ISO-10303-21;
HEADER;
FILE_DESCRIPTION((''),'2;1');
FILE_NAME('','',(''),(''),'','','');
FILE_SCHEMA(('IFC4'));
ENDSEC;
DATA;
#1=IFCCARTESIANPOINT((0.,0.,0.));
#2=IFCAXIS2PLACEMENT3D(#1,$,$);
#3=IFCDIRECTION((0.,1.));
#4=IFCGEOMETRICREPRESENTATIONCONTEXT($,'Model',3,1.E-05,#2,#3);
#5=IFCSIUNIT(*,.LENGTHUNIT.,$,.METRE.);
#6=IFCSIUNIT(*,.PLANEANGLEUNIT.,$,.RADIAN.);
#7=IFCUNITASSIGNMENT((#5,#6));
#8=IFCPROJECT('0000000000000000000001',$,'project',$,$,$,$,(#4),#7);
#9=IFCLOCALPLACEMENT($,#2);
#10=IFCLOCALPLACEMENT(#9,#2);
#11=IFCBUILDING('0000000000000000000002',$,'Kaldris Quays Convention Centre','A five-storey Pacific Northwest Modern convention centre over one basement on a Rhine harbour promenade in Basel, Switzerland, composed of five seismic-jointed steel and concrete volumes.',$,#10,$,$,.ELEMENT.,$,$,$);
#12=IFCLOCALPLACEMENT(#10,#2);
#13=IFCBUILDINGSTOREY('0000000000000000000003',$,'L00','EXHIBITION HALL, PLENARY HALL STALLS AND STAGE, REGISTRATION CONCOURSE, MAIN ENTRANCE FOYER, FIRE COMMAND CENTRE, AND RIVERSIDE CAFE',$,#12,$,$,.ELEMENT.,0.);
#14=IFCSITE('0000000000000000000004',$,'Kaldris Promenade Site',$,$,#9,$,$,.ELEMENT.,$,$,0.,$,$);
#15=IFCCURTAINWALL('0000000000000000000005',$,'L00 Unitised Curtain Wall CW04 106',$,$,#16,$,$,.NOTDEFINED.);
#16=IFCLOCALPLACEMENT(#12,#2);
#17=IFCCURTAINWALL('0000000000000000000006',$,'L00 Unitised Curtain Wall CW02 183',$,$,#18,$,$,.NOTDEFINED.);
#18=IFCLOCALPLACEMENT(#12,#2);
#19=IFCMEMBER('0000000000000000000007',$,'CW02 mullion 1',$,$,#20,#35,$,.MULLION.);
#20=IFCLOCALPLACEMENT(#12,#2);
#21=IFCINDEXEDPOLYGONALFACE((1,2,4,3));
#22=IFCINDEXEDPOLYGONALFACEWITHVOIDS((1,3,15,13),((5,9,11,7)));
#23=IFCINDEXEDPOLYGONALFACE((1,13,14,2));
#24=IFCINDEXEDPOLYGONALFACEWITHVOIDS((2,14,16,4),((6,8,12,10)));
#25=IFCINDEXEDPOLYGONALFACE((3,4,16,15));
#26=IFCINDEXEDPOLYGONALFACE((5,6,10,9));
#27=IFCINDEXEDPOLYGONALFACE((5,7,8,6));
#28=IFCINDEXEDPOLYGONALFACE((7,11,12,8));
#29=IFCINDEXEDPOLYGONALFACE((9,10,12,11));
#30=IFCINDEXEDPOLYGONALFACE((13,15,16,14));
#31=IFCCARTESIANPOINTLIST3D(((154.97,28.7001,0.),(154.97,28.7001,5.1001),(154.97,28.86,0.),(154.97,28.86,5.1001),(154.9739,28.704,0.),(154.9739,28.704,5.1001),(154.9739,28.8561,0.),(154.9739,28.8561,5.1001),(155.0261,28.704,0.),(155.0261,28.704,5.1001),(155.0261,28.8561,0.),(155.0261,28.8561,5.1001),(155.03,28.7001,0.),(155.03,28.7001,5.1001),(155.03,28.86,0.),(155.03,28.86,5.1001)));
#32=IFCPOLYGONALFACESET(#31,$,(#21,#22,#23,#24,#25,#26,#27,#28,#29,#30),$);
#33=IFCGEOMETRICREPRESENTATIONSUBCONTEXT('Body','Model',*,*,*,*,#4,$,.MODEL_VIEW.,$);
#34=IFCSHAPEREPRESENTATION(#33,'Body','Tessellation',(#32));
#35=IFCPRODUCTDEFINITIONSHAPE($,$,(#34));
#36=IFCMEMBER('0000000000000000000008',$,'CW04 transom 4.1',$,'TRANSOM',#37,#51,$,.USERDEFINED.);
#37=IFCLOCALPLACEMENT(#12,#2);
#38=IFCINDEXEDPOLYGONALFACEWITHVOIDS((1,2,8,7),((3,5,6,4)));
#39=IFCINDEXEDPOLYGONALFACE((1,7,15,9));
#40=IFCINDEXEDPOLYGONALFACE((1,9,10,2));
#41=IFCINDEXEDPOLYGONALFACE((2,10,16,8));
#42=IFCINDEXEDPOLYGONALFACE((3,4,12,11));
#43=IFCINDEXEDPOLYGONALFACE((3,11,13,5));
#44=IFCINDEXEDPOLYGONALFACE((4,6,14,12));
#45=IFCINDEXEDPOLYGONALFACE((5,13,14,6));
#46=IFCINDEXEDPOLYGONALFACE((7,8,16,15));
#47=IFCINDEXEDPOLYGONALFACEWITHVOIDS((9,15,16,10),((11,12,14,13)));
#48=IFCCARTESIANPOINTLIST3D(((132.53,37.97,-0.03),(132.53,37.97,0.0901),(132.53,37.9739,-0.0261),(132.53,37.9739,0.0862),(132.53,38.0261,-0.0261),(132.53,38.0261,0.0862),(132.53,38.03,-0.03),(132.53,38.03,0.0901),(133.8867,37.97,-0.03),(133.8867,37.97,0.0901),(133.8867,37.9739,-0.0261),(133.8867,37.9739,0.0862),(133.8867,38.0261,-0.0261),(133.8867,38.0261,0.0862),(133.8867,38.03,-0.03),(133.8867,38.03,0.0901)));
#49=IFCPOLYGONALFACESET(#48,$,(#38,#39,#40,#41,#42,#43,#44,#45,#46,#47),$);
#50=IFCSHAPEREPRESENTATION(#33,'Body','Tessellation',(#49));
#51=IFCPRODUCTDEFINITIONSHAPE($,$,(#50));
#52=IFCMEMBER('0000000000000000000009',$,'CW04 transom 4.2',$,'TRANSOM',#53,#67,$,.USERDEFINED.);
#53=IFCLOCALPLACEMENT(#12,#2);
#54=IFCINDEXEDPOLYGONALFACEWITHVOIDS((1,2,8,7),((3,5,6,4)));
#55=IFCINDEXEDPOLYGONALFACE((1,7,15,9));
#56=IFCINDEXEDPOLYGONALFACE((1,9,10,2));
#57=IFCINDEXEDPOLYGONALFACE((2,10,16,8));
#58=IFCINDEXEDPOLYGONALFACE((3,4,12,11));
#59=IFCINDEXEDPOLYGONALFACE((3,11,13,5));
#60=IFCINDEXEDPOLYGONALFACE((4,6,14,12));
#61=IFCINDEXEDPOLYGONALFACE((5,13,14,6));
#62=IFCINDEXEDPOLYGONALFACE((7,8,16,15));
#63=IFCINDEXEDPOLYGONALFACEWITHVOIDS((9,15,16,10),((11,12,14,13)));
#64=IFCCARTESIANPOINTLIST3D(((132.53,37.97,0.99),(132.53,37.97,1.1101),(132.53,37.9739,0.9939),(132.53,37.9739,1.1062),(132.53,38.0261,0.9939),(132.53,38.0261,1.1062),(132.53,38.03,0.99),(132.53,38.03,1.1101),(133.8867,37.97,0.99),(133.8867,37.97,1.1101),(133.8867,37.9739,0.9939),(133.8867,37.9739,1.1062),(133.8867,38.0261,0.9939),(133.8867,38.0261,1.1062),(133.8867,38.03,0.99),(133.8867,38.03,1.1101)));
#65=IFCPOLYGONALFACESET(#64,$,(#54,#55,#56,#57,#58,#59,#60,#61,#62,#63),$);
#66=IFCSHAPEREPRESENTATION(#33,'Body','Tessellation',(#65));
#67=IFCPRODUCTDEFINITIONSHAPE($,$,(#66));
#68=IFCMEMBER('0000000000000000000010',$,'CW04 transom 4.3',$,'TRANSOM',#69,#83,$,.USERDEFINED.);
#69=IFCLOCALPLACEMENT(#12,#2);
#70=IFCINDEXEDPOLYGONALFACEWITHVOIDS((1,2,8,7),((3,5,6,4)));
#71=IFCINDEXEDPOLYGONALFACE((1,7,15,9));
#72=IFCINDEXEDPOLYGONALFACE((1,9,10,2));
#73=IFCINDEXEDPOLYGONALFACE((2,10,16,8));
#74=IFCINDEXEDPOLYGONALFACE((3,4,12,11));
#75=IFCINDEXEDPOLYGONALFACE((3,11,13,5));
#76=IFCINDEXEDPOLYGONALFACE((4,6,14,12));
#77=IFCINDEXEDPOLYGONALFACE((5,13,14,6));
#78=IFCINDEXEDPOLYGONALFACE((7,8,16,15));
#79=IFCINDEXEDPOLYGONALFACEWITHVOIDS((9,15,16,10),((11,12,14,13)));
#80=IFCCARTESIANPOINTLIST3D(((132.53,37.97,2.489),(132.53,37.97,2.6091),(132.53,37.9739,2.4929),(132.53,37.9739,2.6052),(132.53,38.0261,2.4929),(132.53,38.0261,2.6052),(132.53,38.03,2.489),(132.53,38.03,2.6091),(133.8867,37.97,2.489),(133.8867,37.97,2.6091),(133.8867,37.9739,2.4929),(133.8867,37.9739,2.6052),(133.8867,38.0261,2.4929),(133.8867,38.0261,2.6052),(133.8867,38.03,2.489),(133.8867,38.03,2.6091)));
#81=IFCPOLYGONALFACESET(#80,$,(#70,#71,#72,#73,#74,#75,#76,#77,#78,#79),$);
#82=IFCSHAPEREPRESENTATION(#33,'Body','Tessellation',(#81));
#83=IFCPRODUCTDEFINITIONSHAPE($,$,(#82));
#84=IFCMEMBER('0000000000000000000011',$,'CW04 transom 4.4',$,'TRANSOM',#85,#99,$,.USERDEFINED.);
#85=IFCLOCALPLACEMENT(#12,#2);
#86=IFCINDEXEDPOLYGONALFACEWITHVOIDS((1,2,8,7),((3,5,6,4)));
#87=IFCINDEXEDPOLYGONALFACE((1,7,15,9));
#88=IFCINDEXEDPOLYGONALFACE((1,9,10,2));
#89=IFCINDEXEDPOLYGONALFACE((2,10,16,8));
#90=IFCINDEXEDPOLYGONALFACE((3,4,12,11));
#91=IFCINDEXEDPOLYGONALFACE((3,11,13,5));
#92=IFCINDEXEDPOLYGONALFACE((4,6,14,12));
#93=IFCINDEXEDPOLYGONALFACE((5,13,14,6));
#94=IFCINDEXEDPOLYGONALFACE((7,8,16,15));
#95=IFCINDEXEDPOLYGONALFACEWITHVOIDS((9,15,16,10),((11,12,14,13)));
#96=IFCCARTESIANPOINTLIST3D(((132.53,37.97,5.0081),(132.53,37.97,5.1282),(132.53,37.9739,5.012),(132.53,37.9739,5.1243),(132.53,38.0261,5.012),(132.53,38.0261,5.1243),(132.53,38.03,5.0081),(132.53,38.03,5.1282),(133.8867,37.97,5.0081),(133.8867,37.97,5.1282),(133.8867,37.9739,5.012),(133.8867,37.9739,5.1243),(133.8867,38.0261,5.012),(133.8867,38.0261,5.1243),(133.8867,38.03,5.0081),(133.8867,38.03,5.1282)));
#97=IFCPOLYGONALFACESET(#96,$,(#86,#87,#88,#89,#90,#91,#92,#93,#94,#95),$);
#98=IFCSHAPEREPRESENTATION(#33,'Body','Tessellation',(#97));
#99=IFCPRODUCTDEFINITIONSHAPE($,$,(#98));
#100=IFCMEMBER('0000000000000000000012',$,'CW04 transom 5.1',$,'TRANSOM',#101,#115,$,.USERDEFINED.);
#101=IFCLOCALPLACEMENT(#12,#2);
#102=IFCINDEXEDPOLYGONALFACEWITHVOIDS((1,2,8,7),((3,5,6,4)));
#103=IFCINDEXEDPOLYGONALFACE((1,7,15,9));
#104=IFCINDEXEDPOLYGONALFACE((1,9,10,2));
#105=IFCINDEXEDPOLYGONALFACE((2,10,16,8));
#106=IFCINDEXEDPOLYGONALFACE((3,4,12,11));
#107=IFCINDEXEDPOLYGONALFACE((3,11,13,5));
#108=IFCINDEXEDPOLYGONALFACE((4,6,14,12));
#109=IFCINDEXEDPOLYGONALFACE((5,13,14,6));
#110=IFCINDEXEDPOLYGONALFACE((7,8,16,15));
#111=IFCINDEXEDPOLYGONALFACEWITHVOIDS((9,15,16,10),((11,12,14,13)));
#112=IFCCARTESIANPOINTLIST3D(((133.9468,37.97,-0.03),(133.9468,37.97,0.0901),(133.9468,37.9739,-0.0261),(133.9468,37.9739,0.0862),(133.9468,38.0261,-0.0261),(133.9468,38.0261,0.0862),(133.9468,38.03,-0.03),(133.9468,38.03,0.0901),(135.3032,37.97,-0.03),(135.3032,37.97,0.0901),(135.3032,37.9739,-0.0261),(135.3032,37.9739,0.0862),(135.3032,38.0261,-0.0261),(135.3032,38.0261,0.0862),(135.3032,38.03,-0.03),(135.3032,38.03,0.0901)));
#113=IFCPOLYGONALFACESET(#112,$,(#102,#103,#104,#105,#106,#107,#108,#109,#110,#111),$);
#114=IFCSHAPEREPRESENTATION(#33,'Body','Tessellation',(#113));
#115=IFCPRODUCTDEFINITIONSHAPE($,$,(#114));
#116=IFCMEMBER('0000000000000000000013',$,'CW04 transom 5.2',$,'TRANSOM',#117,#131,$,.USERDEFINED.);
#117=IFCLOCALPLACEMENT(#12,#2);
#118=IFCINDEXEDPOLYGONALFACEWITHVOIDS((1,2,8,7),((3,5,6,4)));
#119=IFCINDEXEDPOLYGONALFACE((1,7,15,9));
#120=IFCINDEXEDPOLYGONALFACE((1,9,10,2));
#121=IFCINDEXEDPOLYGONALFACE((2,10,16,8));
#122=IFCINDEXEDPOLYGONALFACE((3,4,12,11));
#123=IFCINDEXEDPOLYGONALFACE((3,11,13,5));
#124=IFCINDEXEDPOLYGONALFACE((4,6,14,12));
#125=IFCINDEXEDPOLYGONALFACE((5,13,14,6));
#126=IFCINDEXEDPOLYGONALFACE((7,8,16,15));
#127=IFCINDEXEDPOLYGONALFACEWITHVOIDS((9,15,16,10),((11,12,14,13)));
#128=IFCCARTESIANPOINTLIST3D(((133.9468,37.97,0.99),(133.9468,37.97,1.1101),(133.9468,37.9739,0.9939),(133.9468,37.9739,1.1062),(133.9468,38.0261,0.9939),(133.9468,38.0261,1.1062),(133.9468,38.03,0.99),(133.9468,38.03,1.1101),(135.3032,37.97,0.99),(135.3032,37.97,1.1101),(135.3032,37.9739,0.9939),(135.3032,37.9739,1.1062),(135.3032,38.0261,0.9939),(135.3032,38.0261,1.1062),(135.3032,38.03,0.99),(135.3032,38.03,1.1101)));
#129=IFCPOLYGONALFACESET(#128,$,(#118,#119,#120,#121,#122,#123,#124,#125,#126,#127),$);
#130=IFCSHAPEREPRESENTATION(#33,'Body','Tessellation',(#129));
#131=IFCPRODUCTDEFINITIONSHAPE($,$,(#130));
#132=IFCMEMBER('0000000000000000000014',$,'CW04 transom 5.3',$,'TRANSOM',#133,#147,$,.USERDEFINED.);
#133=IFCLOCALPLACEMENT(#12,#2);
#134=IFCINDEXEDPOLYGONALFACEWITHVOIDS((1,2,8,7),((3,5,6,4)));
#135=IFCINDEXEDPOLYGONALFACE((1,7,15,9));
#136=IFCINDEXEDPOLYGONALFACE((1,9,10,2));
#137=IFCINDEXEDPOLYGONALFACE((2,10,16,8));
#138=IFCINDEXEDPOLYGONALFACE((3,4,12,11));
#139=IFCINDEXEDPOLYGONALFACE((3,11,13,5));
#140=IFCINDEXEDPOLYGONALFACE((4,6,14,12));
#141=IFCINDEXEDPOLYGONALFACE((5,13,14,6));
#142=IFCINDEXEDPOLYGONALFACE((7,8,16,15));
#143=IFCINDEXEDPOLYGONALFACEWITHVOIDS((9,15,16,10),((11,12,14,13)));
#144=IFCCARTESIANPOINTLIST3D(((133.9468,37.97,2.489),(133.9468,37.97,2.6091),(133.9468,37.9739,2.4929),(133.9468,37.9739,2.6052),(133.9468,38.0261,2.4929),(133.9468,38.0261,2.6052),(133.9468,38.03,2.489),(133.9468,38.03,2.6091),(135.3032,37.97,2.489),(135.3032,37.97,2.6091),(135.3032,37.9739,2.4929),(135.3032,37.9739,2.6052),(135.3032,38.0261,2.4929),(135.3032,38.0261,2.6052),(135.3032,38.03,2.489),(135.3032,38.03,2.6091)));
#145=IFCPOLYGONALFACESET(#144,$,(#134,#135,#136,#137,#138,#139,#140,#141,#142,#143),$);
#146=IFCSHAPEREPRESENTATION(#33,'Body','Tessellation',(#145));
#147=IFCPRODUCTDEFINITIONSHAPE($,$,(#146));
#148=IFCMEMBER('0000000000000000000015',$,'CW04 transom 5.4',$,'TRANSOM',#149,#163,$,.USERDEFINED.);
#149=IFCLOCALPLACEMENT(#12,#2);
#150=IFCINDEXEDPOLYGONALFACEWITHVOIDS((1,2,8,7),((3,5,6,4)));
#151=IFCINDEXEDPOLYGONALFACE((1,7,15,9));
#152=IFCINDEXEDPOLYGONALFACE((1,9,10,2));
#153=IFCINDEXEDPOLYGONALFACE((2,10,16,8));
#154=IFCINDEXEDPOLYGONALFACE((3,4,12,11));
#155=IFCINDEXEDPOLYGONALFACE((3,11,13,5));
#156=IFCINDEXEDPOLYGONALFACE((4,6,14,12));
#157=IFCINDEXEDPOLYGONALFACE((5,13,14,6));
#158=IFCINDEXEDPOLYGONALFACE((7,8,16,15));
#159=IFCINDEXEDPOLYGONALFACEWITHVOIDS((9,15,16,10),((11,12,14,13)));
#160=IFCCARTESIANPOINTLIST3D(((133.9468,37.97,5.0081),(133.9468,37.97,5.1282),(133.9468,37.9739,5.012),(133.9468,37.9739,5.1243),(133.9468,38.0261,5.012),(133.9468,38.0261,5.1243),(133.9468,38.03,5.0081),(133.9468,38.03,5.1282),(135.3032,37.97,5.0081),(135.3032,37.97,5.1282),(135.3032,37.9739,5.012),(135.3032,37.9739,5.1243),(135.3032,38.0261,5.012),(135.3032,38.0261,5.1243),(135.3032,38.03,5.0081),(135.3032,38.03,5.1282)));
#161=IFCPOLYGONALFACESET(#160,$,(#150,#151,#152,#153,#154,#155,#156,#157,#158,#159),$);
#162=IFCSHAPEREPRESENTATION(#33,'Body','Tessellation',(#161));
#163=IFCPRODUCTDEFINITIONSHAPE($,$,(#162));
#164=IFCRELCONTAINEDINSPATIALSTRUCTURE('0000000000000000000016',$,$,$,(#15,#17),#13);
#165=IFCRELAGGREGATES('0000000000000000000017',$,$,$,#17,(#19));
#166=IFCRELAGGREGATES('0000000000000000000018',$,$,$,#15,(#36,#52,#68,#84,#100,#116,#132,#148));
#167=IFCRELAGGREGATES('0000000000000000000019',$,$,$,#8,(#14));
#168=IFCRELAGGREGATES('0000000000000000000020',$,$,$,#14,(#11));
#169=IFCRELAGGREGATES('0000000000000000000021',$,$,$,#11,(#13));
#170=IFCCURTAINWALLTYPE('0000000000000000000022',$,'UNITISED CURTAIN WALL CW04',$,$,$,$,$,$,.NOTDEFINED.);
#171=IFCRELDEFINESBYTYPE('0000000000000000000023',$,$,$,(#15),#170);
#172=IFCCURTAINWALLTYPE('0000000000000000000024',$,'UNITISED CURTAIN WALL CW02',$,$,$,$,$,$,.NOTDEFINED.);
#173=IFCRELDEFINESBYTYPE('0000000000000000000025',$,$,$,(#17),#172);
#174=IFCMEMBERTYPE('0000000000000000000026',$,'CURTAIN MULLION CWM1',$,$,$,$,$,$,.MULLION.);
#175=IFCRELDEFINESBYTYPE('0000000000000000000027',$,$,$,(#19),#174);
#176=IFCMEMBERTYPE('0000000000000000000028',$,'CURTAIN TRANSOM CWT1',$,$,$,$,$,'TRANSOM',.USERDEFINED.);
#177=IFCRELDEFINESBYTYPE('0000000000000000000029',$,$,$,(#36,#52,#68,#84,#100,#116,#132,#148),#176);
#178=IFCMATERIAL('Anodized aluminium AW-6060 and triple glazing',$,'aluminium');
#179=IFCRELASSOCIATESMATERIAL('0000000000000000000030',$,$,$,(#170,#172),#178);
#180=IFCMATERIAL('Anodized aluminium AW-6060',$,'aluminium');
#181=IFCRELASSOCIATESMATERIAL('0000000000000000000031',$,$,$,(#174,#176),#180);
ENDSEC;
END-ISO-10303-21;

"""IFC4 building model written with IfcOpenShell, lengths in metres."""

from ifc_helpers import new_model, si_unit, direction, frame, origin, origin_2d, place, context, subcontext, project, spatial, hollow_rectangle, extrude, material, material_profile, profile_set, type_object, element, aggregate, save


model = new_model("IFC4")

# Units and contexts
model_context = context("Model", 3, precision=1e-05, world=origin(), true_north=direction((0.0, 1.0)))
body_context = subcontext(model_context, "Body", "Model", "MODEL_VIEW")
ifc_project = project(units=[si_unit("LENGTHUNIT", "METRE"), si_unit("PLANEANGLEUNIT", "RADIAN")], contexts=[model_context])

# Site, building, storey
site_placement = place(None, origin())
site = spatial("IfcSite", under=ifc_project, at=site_placement, Name="Kaldris Promenade Site", CompositionType="ELEMENT", RefElevation=0.0)
building_placement = place(site_placement, origin())
building = spatial("IfcBuilding", under=site, at=building_placement, Name="Kaldris Quays Convention Centre", Description="A five-storey Pacific Northwest Modern convention centre over one basement on a Rhine harbour promenade in Basel, Switzerland, composed of five seismic-jointed steel and concrete volumes.", CompositionType="ELEMENT")
storey_placement = place(building_placement, origin())
storey = spatial("IfcBuildingStorey", under=building, at=storey_placement, Name="L00", Description="EXHIBITION HALL, PLENARY HALL STALLS AND STAGE, REGISTRATION CONCOURSE, MAIN ENTRANCE FOYER, FIRE COMMAND CENTRE, AND RIVERSIDE CAFE", CompositionType="ELEMENT", Elevation=0.0)

# Curtain wall
ifc_material_1 = material(Name="Anodized aluminium AW-6060 and triple glazing", Category="aluminium")
curtain_wall_type_1 = type_object("IfcCurtainWallType", Name="UNITISED CURTAIN WALL CW04", PredefinedType="NOTDEFINED", material=ifc_material_1)
curtain_wall_1_placement = place(storey_placement, origin())
curtain_wall_1 = element("IfcCurtainWall", 1, at=curtain_wall_1_placement, inside=storey, type_object=curtain_wall_type_1, Name="L00 Unitised Curtain Wall CW04 106", PredefinedType="NOTDEFINED")
ifc_material_2 = material(Name="Anodized aluminium AW-6060", Category="aluminium")
ifc_material_profile_1 = material_profile(ifc_material_2, hollow_rectangle(XDim=0.0601, YDim=0.1599, WallThickness=0.0039, at=origin_2d()), Name="RHS 160x60x4")
ifc_profile_set_1 = profile_set([ifc_material_profile_1], Name="Anodized aluminium AW-6060")
member_type_1 = type_object("IfcMemberType", Name="CURTAIN MULLION CWM1", PredefinedType="MULLION", material=ifc_profile_set_1)

# Curtain wall, member
curtain_wall_type_2 = type_object("IfcCurtainWallType", Name="UNITISED CURTAIN WALL CW02", PredefinedType="NOTDEFINED", material=ifc_material_1)
curtain_wall_2_placement = place(storey_placement, origin())
curtain_wall_2 = element("IfcCurtainWall", 2, at=curtain_wall_2_placement, inside=storey, type_object=curtain_wall_type_2, Name="L00 Unitised Curtain Wall CW02 183", PredefinedType="NOTDEFINED")
member_1_placement = place(storey_placement, frame((155.0, 28.78, 0.0), z_axis=(0.0, 0.0, 1.0), x_axis=(-1.0, 0.0, 0.0)))
member_1 = element("IfcMember", 3, at=member_1_placement, type_object=member_type_1, Name="CW02 mullion 1", PredefinedType="MULLION", context=body_context, shape_type="SweptSolid", body=[
    extrude(hollow_rectangle(XDim=0.0601, YDim=0.1599, WallThickness=0.0039, at=origin_2d()), origin(), (0.0, 0.0, 1.0), 5.1001),
])
aggregate(curtain_wall_2, [member_1])

# Members
ifc_material_profile_2 = material_profile(ifc_material_2, hollow_rectangle(XDim=0.0601, YDim=0.1201, WallThickness=0.0039, at=origin_2d()), Name="RHS 120x60x4")
ifc_profile_set_2 = profile_set([ifc_material_profile_2], Name="Anodized aluminium AW-6060")
member_type_2 = type_object("IfcMemberType", Name="CURTAIN TRANSOM CWT1", ElementType="TRANSOM", PredefinedType="USERDEFINED", material=ifc_profile_set_2)
member_2_placement = place(storey_placement, frame((132.53, 38.0, 0.03), z_axis=(1.0, 0.0, 0.0), x_axis=(0.0, 1.0, 0.0)))
member_2 = element("IfcMember", 4, at=member_2_placement, type_object=member_type_2, Name="CW04 transom 4.1", ObjectType="TRANSOM", PredefinedType="USERDEFINED", context=body_context, shape_type="SweptSolid", body=[
    extrude(hollow_rectangle(XDim=0.0601, YDim=0.1201, WallThickness=0.0039, at=origin_2d()), origin(), (0.0, 0.0, 1.0), 1.3567),
])
member_3_placement = place(storey_placement, frame((132.53, 38.0, 1.05), z_axis=(1.0, 0.0, 0.0), x_axis=(0.0, 1.0, 0.0)))
member_3 = element("IfcMember", 5, at=member_3_placement, type_object=member_type_2, Name="CW04 transom 4.2", ObjectType="TRANSOM", PredefinedType="USERDEFINED", context=body_context, shape_type="SweptSolid", body=[
    extrude(hollow_rectangle(XDim=0.0601, YDim=0.1201, WallThickness=0.0039, at=origin_2d()), origin(), (0.0, 0.0, 1.0), 1.3567),
])
member_4_placement = place(storey_placement, frame((132.53, 38.0, 2.5491), z_axis=(1.0, 0.0, 0.0), x_axis=(0.0, 1.0, 0.0)))
member_4 = element("IfcMember", 6, at=member_4_placement, type_object=member_type_2, Name="CW04 transom 4.3", ObjectType="TRANSOM", PredefinedType="USERDEFINED", context=body_context, shape_type="SweptSolid", body=[
    extrude(hollow_rectangle(XDim=0.0601, YDim=0.1201, WallThickness=0.0039, at=origin_2d()), origin(), (0.0, 0.0, 1.0), 1.3567),
])
member_5_placement = place(storey_placement, frame((132.53, 38.0, 5.0681), z_axis=(1.0, 0.0, 0.0), x_axis=(0.0, 1.0, 0.0)))
member_5 = element("IfcMember", 7, at=member_5_placement, type_object=member_type_2, Name="CW04 transom 4.4", ObjectType="TRANSOM", PredefinedType="USERDEFINED", context=body_context, shape_type="SweptSolid", body=[
    extrude(hollow_rectangle(XDim=0.0601, YDim=0.1201, WallThickness=0.0039, at=origin_2d()), origin(), (0.0, 0.0, 1.0), 1.3567),
])
member_6_placement = place(storey_placement, frame((133.9468, 38.0, 0.03), z_axis=(1.0, 0.0, 0.0), x_axis=(0.0, 1.0, 0.0)))
member_6 = element("IfcMember", 8, at=member_6_placement, type_object=member_type_2, Name="CW04 transom 5.1", ObjectType="TRANSOM", PredefinedType="USERDEFINED", context=body_context, shape_type="SweptSolid", body=[
    extrude(hollow_rectangle(XDim=0.0601, YDim=0.1201, WallThickness=0.0039, at=origin_2d()), origin(), (0.0, 0.0, 1.0), 1.3564),
])
member_7_placement = place(storey_placement, frame((133.9468, 38.0, 1.05), z_axis=(1.0, 0.0, 0.0), x_axis=(0.0, 1.0, 0.0)))
member_7 = element("IfcMember", 9, at=member_7_placement, type_object=member_type_2, Name="CW04 transom 5.2", ObjectType="TRANSOM", PredefinedType="USERDEFINED", context=body_context, shape_type="SweptSolid", body=[
    extrude(hollow_rectangle(XDim=0.0601, YDim=0.1201, WallThickness=0.0039, at=origin_2d()), origin(), (0.0, 0.0, 1.0), 1.3564),
])
member_8_placement = place(storey_placement, frame((133.9468, 38.0, 2.5491), z_axis=(1.0, 0.0, 0.0), x_axis=(0.0, 1.0, 0.0)))
member_8 = element("IfcMember", 10, at=member_8_placement, type_object=member_type_2, Name="CW04 transom 5.3", ObjectType="TRANSOM", PredefinedType="USERDEFINED", context=body_context, shape_type="SweptSolid", body=[
    extrude(hollow_rectangle(XDim=0.0601, YDim=0.1201, WallThickness=0.0039, at=origin_2d()), origin(), (0.0, 0.0, 1.0), 1.3564),
])
member_9_placement = place(storey_placement, frame((133.9468, 38.0, 5.0681), z_axis=(1.0, 0.0, 0.0), x_axis=(0.0, 1.0, 0.0)))
member_9 = element("IfcMember", 11, at=member_9_placement, type_object=member_type_2, Name="CW04 transom 5.4", ObjectType="TRANSOM", PredefinedType="USERDEFINED", context=body_context, shape_type="SweptSolid", body=[
    extrude(hollow_rectangle(XDim=0.0601, YDim=0.1201, WallThickness=0.0039, at=origin_2d()), origin(), (0.0, 0.0, 1.0), 1.3564),
])

aggregate(curtain_wall_1, [member_2, member_3, member_4, member_5, member_6, member_7, member_8, member_9])

save(model, "model.ifc")
